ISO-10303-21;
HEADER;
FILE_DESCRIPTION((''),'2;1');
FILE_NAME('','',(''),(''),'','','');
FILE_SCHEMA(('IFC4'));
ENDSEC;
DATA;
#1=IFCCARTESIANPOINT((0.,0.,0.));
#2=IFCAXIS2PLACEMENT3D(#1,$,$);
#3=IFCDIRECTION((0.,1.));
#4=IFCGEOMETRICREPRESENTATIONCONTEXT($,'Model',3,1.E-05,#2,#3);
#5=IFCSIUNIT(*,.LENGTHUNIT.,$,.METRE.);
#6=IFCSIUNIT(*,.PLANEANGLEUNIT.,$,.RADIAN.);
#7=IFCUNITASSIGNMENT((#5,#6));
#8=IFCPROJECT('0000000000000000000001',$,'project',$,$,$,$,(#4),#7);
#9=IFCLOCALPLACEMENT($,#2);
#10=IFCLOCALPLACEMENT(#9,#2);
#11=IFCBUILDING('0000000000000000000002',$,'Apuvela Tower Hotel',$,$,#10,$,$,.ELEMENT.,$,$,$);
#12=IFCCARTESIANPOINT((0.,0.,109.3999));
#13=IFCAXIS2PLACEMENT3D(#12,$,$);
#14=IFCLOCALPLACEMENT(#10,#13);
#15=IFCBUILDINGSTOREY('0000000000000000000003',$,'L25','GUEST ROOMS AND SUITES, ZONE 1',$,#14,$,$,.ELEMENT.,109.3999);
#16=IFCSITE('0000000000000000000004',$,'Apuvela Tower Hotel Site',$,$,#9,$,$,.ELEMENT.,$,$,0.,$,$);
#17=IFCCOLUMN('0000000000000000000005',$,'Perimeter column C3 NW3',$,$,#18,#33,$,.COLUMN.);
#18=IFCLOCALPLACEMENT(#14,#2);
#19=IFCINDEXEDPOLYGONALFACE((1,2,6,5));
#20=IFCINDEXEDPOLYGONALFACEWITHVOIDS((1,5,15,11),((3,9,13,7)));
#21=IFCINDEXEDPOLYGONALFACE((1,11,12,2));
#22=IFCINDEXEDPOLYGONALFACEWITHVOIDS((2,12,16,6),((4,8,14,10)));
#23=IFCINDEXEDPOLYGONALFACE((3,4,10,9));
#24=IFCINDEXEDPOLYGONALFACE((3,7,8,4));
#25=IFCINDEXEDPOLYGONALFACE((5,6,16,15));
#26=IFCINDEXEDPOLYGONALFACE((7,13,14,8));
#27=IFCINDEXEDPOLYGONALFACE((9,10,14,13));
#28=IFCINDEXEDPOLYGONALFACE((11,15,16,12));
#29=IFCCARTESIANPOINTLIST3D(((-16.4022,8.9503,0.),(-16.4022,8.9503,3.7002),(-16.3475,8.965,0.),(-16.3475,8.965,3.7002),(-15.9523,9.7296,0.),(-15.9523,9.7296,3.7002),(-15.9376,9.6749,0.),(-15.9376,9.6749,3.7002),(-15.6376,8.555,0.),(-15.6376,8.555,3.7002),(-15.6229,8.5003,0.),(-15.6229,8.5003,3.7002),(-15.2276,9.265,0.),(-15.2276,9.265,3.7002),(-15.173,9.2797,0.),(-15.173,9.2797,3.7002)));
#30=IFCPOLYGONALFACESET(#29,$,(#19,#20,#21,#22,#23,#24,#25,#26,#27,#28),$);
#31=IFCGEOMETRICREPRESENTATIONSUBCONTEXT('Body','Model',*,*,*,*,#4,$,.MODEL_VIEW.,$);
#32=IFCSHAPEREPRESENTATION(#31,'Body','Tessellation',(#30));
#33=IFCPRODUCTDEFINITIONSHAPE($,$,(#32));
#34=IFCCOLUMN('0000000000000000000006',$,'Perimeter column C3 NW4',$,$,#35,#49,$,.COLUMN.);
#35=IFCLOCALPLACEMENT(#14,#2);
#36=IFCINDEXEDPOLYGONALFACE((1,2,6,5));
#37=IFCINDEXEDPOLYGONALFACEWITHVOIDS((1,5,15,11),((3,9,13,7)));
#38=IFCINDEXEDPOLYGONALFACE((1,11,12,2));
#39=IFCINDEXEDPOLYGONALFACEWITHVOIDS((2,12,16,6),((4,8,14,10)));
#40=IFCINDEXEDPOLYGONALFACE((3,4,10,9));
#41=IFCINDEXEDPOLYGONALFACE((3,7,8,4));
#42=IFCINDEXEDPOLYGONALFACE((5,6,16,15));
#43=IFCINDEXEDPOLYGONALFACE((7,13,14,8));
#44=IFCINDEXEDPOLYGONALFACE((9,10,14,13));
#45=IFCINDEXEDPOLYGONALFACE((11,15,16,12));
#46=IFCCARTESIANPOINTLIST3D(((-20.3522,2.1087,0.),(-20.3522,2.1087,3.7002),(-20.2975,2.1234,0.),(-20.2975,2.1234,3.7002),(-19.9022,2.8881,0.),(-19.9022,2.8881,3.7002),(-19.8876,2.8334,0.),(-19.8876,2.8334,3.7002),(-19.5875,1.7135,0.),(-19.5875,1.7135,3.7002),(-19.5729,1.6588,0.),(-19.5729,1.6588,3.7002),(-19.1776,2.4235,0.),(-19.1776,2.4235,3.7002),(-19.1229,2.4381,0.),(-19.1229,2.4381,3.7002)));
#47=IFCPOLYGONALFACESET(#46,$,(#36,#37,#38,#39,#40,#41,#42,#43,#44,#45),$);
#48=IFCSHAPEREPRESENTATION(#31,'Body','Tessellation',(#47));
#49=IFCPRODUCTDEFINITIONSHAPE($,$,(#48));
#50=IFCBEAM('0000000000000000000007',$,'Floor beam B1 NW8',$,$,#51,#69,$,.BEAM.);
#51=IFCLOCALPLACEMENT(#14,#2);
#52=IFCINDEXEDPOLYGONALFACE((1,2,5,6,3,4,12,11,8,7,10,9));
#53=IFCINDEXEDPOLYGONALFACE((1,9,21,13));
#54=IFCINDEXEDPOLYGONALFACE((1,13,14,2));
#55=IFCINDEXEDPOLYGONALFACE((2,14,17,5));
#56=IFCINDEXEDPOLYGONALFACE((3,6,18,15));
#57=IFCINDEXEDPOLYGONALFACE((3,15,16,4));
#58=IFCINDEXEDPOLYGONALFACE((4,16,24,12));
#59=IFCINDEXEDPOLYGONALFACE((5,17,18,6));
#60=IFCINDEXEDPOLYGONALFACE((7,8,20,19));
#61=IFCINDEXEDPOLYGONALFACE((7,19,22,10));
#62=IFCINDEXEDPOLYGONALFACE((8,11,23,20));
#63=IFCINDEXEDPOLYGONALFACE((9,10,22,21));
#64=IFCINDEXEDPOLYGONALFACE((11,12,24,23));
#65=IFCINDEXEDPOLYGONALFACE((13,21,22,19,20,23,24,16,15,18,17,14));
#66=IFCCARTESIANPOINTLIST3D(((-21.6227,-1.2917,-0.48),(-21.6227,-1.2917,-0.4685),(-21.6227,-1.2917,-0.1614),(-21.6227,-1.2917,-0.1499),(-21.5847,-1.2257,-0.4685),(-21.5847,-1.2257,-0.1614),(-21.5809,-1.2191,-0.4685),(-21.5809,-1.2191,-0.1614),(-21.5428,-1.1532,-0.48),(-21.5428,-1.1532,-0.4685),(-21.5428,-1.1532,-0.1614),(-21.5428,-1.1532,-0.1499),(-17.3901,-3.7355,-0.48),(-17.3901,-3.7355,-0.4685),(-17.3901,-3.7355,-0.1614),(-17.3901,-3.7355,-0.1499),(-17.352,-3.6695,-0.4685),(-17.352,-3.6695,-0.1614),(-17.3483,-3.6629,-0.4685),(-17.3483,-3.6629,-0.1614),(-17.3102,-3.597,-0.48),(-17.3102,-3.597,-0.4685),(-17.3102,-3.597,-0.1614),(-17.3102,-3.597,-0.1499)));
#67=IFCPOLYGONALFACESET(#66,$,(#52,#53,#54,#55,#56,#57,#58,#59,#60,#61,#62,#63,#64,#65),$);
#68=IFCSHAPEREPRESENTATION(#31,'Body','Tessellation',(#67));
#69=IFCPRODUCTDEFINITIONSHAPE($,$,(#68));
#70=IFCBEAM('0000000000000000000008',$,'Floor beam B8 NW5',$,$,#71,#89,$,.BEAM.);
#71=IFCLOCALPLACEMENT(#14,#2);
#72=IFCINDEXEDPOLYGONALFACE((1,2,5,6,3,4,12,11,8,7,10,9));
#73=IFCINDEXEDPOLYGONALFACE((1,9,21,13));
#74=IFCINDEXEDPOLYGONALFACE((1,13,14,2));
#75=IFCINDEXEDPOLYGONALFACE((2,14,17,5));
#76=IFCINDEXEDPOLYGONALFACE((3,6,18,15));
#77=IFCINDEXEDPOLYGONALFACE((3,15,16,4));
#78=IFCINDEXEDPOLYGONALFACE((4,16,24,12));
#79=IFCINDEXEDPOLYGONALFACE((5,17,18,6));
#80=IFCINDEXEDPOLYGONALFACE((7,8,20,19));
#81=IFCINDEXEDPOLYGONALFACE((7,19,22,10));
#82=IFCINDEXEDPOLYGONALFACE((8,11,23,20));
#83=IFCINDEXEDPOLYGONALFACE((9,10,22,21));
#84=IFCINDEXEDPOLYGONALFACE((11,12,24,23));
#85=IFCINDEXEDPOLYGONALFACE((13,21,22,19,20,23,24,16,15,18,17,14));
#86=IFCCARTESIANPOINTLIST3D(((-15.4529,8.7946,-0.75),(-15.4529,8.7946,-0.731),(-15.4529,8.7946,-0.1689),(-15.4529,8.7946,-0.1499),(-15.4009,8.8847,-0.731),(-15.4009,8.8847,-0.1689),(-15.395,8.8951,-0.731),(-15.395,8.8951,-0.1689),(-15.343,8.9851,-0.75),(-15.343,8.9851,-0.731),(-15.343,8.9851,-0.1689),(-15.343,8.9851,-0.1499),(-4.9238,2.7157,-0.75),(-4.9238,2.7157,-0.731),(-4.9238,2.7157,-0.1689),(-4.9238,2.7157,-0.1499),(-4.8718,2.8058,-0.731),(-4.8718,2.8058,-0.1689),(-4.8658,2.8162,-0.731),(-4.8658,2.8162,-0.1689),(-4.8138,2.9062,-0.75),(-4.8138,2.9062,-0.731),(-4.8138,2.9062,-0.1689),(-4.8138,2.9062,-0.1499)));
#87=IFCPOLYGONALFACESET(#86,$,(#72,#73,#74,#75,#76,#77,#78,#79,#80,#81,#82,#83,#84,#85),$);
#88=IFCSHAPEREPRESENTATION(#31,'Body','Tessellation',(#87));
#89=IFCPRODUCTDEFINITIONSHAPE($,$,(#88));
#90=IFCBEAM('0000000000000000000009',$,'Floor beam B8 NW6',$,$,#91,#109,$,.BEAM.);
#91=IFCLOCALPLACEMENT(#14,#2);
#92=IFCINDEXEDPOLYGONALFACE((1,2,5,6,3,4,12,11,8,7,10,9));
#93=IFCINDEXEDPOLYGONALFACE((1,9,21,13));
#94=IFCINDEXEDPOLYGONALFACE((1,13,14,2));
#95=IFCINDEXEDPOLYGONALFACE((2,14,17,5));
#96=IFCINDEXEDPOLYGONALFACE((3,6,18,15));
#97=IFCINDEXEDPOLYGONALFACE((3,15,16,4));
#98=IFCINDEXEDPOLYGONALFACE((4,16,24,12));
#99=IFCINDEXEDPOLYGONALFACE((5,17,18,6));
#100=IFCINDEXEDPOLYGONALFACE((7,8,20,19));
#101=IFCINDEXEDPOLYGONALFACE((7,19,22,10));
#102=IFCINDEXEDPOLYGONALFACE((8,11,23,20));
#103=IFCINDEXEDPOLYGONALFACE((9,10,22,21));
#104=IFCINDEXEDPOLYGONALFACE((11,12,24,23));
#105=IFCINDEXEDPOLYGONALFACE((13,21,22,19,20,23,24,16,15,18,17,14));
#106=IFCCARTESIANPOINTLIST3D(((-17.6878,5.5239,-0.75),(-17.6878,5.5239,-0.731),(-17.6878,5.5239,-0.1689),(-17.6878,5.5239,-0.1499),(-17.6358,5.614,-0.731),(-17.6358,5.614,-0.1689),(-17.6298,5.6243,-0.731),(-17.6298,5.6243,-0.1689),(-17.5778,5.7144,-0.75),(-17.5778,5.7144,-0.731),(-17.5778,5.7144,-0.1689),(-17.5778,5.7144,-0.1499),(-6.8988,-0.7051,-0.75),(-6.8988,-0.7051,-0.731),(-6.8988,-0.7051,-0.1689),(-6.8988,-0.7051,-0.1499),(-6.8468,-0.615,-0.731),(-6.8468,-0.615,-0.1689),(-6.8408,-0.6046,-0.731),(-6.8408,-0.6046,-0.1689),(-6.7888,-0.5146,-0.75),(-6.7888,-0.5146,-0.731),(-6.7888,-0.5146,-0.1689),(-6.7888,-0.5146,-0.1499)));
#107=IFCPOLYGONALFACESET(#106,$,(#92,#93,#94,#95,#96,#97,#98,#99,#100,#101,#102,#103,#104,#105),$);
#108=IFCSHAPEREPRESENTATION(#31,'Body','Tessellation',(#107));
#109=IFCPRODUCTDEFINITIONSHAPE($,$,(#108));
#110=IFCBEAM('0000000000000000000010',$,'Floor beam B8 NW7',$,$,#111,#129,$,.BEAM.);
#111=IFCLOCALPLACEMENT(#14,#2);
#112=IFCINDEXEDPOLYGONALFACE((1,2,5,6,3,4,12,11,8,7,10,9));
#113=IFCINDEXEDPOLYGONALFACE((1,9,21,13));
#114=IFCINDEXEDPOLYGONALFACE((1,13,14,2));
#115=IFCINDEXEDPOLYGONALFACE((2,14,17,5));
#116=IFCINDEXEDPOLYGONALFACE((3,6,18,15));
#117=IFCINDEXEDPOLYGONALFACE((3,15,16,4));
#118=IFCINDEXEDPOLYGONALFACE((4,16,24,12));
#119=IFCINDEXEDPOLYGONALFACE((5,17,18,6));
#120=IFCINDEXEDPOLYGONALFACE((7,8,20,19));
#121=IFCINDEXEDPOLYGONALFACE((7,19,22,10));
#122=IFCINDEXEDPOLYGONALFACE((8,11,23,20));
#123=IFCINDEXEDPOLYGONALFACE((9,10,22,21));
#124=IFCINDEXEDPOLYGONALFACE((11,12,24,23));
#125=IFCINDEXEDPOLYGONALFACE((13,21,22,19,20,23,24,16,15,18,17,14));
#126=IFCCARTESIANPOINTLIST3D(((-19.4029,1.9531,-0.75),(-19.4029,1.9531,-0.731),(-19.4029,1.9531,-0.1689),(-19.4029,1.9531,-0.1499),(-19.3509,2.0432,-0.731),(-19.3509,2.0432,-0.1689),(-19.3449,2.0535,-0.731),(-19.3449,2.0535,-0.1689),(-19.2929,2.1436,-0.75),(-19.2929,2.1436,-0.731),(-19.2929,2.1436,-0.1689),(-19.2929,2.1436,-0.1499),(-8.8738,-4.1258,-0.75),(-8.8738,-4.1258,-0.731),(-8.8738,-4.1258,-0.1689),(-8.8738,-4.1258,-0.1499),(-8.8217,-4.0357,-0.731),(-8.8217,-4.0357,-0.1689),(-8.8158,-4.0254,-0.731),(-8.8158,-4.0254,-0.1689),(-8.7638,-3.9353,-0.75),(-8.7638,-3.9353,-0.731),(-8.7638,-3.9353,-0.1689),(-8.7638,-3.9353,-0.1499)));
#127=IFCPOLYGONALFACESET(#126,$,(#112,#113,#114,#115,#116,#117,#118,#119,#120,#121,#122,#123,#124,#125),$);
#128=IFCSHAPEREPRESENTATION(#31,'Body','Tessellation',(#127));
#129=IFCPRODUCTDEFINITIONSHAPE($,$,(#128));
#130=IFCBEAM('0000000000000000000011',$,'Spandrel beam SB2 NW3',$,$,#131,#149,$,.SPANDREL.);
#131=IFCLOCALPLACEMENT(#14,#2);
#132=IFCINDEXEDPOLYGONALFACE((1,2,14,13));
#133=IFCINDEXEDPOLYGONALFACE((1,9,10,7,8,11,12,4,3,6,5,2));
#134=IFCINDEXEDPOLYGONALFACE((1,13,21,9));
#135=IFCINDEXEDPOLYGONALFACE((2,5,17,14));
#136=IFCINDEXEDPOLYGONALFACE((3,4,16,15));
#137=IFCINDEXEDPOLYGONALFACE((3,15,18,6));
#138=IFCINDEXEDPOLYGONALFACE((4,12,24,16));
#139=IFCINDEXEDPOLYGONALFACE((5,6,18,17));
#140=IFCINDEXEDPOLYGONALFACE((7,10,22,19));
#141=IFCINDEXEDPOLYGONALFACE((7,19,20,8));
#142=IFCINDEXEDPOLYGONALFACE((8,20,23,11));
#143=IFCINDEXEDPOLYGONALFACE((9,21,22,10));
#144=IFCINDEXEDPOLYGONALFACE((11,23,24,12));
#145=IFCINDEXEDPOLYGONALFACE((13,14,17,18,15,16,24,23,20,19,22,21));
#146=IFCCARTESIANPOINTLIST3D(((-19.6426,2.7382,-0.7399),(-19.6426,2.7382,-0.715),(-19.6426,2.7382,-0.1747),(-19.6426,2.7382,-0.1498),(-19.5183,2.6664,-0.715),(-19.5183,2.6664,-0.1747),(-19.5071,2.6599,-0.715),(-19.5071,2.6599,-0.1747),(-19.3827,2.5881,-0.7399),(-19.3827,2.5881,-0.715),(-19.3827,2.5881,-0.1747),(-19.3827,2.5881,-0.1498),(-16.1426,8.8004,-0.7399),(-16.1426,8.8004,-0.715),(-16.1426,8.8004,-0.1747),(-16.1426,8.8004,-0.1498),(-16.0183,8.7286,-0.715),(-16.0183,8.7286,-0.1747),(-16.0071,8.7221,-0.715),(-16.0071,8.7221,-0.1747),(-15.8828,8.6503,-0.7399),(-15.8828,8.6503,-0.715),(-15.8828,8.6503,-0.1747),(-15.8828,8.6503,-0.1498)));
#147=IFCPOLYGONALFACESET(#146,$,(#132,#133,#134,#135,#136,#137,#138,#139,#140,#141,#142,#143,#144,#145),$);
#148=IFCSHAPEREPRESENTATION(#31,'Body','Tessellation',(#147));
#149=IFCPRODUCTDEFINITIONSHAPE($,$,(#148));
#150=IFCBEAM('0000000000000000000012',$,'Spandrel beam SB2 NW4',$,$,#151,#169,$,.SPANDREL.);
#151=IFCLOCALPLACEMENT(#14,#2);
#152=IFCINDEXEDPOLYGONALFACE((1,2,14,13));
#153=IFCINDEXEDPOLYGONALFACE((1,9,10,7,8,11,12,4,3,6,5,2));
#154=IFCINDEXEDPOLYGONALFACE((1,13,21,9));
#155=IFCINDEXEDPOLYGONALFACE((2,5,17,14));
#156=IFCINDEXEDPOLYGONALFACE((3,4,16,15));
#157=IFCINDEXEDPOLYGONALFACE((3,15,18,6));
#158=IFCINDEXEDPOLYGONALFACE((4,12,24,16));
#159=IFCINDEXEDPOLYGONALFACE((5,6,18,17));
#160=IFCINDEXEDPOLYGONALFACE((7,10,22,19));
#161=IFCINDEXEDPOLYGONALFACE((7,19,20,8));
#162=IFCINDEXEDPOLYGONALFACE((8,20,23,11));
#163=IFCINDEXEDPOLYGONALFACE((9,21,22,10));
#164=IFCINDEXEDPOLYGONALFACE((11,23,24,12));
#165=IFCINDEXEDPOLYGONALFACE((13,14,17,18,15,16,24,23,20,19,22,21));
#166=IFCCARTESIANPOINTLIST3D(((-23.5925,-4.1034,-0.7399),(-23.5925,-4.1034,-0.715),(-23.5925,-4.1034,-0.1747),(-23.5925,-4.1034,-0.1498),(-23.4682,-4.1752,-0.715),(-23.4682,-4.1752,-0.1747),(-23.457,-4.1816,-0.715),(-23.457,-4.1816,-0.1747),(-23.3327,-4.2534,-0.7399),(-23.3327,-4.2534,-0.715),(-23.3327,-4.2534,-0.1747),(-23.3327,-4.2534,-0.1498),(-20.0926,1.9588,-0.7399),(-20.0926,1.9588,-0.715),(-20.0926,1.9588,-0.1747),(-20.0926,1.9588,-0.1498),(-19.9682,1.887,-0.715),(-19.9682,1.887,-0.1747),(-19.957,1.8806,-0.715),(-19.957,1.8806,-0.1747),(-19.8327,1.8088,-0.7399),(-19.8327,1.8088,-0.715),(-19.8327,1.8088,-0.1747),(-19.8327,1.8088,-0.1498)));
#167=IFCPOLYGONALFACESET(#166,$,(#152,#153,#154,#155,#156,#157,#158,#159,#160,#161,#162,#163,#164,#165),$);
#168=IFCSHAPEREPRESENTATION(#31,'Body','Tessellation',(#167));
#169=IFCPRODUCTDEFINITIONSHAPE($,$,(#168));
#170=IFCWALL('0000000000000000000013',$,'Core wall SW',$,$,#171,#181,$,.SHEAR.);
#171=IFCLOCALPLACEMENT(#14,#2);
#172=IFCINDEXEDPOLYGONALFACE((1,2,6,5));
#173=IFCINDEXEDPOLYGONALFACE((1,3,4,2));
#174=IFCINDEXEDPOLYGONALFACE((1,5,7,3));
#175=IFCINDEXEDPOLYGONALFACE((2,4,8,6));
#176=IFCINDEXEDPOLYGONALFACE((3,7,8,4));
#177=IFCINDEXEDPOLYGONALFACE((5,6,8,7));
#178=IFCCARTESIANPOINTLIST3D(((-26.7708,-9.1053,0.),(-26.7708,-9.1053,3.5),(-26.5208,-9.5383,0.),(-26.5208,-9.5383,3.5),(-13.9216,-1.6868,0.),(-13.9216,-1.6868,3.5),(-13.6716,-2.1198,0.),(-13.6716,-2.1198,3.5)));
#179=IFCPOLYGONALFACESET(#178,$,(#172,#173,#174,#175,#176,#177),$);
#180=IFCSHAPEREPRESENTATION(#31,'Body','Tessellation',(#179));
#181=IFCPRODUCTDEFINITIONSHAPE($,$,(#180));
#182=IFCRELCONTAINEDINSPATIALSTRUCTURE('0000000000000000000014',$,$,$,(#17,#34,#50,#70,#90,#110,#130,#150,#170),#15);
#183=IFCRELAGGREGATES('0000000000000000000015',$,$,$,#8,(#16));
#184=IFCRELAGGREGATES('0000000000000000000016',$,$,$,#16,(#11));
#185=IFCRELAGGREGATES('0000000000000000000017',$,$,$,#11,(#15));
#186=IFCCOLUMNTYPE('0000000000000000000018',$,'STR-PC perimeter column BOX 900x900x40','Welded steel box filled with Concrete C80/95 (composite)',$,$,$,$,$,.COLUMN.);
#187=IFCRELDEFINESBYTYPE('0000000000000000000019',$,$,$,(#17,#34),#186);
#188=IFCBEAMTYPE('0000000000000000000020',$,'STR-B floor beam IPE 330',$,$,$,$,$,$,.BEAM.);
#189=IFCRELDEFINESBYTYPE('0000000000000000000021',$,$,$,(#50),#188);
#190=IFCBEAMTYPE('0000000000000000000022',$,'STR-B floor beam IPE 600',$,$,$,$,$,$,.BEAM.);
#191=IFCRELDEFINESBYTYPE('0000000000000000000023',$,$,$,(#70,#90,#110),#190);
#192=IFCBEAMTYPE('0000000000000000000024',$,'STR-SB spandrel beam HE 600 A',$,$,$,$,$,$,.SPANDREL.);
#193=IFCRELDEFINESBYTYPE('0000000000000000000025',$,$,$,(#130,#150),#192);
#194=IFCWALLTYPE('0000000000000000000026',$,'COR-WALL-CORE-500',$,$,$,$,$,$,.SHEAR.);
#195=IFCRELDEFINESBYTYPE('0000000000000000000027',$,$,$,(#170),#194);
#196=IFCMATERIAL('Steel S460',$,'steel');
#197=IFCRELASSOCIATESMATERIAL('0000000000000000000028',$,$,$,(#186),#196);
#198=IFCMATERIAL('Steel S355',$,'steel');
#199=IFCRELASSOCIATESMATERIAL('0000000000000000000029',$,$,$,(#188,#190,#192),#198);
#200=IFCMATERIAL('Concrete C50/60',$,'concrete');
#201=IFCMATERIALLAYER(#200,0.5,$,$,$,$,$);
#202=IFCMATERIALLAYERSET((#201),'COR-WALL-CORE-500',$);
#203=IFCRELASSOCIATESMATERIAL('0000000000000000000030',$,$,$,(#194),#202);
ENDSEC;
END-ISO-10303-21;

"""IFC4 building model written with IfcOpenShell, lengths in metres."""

from ifc_helpers import new_model, si_unit, direction, frame, frame_2d, origin, origin_2d, place, context, subcontext, project, spatial, rectangle, hollow_rectangle, i_section, extrude, material, layer, layer_set, material_profile, profile_set, type_object, element, save


model = new_model("IFC4")

# Units and contexts
model_context = context("Model", 3, precision=1e-05, world=origin(), true_north=direction((0.0, 1.0)))
body_context = subcontext(model_context, "Body", "Model", "MODEL_VIEW")
ifc_project = project(units=[si_unit("LENGTHUNIT", "METRE"), si_unit("PLANEANGLEUNIT", "RADIAN")], contexts=[model_context])

# Site, building, storey
site_placement = place(None, origin())
site = spatial("IfcSite", under=ifc_project, at=site_placement, Name="Apuvela Tower Hotel Site", CompositionType="ELEMENT", RefElevation=0.0)
building_placement = place(site_placement, origin())
building = spatial("IfcBuilding", under=site, at=building_placement, Name="Apuvela Tower Hotel", CompositionType="ELEMENT")
storey_placement = place(building_placement, frame((0.0, 0.0, 109.3999)))
storey = spatial("IfcBuildingStorey", under=building, at=storey_placement, Name="L25", Description="GUEST ROOMS AND SUITES, ZONE 1", CompositionType="ELEMENT", Elevation=109.3999)

# Columns
ifc_material_1 = material(Name="Steel S460", Category="steel")
ifc_material_profile_1 = material_profile(ifc_material_1, hollow_rectangle(XDim=0.8999, YDim=0.8999, WallThickness=0.04, at=origin_2d()), Name="BOX 900x900x40")
ifc_material_2 = material(Name="Concrete C80/95", Category="concrete")
ifc_material_profile_2 = material_profile(ifc_material_2, rectangle(XDim=0.8201, YDim=0.8201, at=origin_2d()), Name="Concrete C80/95 infill")
ifc_profile_set_1 = profile_set([ifc_material_profile_1, ifc_material_profile_2], Name="Steel S460")
column_type = type_object("IfcColumnType", Name="STR-PC perimeter column BOX 900x900x40", Description="Welded steel box filled with Concrete C80/95 (composite)", PredefinedType="COLUMN", material=ifc_profile_set_1)
for number, where, z_axis, x_axis, name in (
    (1, (-15.7876, 9.115, 0.0), (0.0, 0.0, 1.0), (0.5, 0.866025, 0.0), "Perimeter column C3 NW3"),
    (2, (-19.7375, 2.2734, 0.0), (0.0, 0.0, 1.0), (0.5, 0.866025, 0.0), "Perimeter column C3 NW4"),
):
    element("IfcColumn", number, at=place(storey_placement, frame(where, z_axis=z_axis, x_axis=x_axis)), inside=storey, type_object=column_type, Name=name, PredefinedType="COLUMN", context=body_context, shape_type="SweptSolid", body=[
        extrude(hollow_rectangle(XDim=0.8999, YDim=0.8999, WallThickness=0.04, at=origin_2d()), origin(), (0.0, 0.0, 1.0), 3.7002),
    ])

# Beams
ifc_material_3 = material(Name="Steel S355", Category="steel")
ifc_material_profile_3 = material_profile(ifc_material_3, i_section(OverallWidth=0.1599, OverallDepth=0.3301, WebThickness=0.0076, FlangeThickness=0.0115, at=origin_2d()), Name="IPE 330")
ifc_profile_set_2 = profile_set([ifc_material_profile_3], Name="Steel S355")
beam_type_1 = type_object("IfcBeamType", Name="STR-B floor beam IPE 330", PredefinedType="BEAM", material=ifc_profile_set_2)
beam_1_placement = place(storey_placement, frame((-21.5828, -1.2224, -0.3149), z_axis=(0.866015, -0.500018, 0.0), x_axis=(0.500018, 0.866015, 0.0)))
element("IfcBeam", 3, at=beam_1_placement, inside=storey, type_object=beam_type_1, Name="Floor beam B1 NW8", PredefinedType="BEAM", context=body_context, shape_type="SweptSolid", body=[
    extrude(i_section(OverallWidth=0.1599, OverallDepth=0.3301, WebThickness=0.0076, FlangeThickness=0.0115, at=origin_2d()), origin(), (0.0, 0.0, 1.0), 4.8875),
])
ifc_material_profile_4 = material_profile(ifc_material_3, i_section(OverallWidth=0.22, OverallDepth=0.6001, WebThickness=0.012, FlangeThickness=0.019, at=origin_2d()), Name="IPE 600")
ifc_profile_set_3 = profile_set([ifc_material_profile_4], Name="Steel S355")
beam_type_2 = type_object("IfcBeamType", Name="STR-B floor beam IPE 600", PredefinedType="BEAM", material=ifc_profile_set_3)
beam_2_placement = place(storey_placement, frame((-15.3979, 8.8899, -0.45), z_axis=(0.866029, -0.499994, 0.0), x_axis=(0.499994, 0.866029, 0.0)))
element("IfcBeam", 4, at=beam_2_placement, inside=storey, type_object=beam_type_2, Name="Floor beam B8 NW5", PredefinedType="BEAM", context=body_context, shape_type="SweptSolid", body=[
    extrude(i_section(OverallWidth=0.22, OverallDepth=0.6001, WebThickness=0.012, FlangeThickness=0.019, at=origin_2d()), origin(), (0.0, 0.0, 1.0), 12.158),
])
beam_3_placement = place(storey_placement, frame((-17.6328, 5.6191, -0.45), z_axis=(0.866028, -0.499996, 0.0), x_axis=(0.499996, 0.866028, 0.0)))
element("IfcBeam", 5, at=beam_3_placement, inside=storey, type_object=beam_type_2, Name="Floor beam B8 NW6", PredefinedType="BEAM", context=body_context, shape_type="SweptSolid", body=[
    extrude(i_section(OverallWidth=0.22, OverallDepth=0.6001, WebThickness=0.012, FlangeThickness=0.019, at=origin_2d()), origin(), (0.0, 0.0, 1.0), 12.458),
])
beam_4_placement = place(storey_placement, frame((-19.3479, 2.0483, -0.45), z_axis=(0.866029, -0.499994, 0.0), x_axis=(0.499994, 0.866029, 0.0)))
element("IfcBeam", 6, at=beam_4_placement, inside=storey, type_object=beam_type_2, Name="Floor beam B8 NW7", PredefinedType="BEAM", context=body_context, shape_type="SweptSolid", body=[
    extrude(i_section(OverallWidth=0.22, OverallDepth=0.6001, WebThickness=0.012, FlangeThickness=0.019, at=origin_2d()), origin(), (0.0, 0.0, 1.0), 12.158),
])
ifc_material_profile_5 = material_profile(ifc_material_3, i_section(OverallWidth=0.3, OverallDepth=0.5901, WebThickness=0.0129, FlangeThickness=0.0249, at=origin_2d()), Name="HE 600 A")
ifc_profile_set_4 = profile_set([ifc_material_profile_5], Name="Steel S355")
beam_type_3 = type_object("IfcBeamType", Name="STR-SB spandrel beam HE 600 A", PredefinedType="SPANDREL", material=ifc_profile_set_4)
for number, where, z_axis, x_axis, name in (
    (7, (-16.0127, 8.7253, -0.4448), (-0.499995, -0.866028, 0.0), (0.866028, -0.499995, 0.0), "Spandrel beam SB2 NW3"),
    (8, (-19.9626, 1.8838, -0.4448), (-0.499995, -0.866028, 0.0), (0.866028, -0.499995, 0.0), "Spandrel beam SB2 NW4"),
):
    element("IfcBeam", number, at=place(storey_placement, frame(where, z_axis=z_axis, x_axis=x_axis)), inside=storey, type_object=beam_type_3, Name=name, PredefinedType="SPANDREL", context=body_context, shape_type="SweptSolid", body=[
        extrude(i_section(OverallWidth=0.3, OverallDepth=0.5901, WebThickness=0.0129, FlangeThickness=0.0249, at=origin_2d()), origin(), (0.0, 0.0, 1.0), 7.0),
    ])

# Wall
ifc_material_4 = material(Name="Concrete C50/60", Category="concrete")
ifc_layer_1 = layer(ifc_material_4, 0.5)
ifc_layer_set_1 = layer_set([ifc_layer_1], Name="COR-WALL-CORE-500")
wall_type_1 = type_object("IfcWallType", Name="COR-WALL-CORE-500", PredefinedType="SHEAR", material=ifc_layer_set_1)
wall_1_placement = place(storey_placement, frame((-13.7966, -1.9033, 0.0), z_axis=(0.0, 0.0, 1.0), x_axis=(-0.866025, -0.500001, 0.0)))
element("IfcWall", 9, at=wall_1_placement, inside=storey, type_object=wall_type_1, Name="Core wall SW", PredefinedType="SHEAR", context=body_context, shape_type="SweptSolid", body=[
    extrude(rectangle(XDim=14.8369, YDim=0.5, at=frame_2d((7.4185, 0.0))), origin(), (0.0, 0.0, 1.0), 3.5),
])

save(model, "model.ifc")
